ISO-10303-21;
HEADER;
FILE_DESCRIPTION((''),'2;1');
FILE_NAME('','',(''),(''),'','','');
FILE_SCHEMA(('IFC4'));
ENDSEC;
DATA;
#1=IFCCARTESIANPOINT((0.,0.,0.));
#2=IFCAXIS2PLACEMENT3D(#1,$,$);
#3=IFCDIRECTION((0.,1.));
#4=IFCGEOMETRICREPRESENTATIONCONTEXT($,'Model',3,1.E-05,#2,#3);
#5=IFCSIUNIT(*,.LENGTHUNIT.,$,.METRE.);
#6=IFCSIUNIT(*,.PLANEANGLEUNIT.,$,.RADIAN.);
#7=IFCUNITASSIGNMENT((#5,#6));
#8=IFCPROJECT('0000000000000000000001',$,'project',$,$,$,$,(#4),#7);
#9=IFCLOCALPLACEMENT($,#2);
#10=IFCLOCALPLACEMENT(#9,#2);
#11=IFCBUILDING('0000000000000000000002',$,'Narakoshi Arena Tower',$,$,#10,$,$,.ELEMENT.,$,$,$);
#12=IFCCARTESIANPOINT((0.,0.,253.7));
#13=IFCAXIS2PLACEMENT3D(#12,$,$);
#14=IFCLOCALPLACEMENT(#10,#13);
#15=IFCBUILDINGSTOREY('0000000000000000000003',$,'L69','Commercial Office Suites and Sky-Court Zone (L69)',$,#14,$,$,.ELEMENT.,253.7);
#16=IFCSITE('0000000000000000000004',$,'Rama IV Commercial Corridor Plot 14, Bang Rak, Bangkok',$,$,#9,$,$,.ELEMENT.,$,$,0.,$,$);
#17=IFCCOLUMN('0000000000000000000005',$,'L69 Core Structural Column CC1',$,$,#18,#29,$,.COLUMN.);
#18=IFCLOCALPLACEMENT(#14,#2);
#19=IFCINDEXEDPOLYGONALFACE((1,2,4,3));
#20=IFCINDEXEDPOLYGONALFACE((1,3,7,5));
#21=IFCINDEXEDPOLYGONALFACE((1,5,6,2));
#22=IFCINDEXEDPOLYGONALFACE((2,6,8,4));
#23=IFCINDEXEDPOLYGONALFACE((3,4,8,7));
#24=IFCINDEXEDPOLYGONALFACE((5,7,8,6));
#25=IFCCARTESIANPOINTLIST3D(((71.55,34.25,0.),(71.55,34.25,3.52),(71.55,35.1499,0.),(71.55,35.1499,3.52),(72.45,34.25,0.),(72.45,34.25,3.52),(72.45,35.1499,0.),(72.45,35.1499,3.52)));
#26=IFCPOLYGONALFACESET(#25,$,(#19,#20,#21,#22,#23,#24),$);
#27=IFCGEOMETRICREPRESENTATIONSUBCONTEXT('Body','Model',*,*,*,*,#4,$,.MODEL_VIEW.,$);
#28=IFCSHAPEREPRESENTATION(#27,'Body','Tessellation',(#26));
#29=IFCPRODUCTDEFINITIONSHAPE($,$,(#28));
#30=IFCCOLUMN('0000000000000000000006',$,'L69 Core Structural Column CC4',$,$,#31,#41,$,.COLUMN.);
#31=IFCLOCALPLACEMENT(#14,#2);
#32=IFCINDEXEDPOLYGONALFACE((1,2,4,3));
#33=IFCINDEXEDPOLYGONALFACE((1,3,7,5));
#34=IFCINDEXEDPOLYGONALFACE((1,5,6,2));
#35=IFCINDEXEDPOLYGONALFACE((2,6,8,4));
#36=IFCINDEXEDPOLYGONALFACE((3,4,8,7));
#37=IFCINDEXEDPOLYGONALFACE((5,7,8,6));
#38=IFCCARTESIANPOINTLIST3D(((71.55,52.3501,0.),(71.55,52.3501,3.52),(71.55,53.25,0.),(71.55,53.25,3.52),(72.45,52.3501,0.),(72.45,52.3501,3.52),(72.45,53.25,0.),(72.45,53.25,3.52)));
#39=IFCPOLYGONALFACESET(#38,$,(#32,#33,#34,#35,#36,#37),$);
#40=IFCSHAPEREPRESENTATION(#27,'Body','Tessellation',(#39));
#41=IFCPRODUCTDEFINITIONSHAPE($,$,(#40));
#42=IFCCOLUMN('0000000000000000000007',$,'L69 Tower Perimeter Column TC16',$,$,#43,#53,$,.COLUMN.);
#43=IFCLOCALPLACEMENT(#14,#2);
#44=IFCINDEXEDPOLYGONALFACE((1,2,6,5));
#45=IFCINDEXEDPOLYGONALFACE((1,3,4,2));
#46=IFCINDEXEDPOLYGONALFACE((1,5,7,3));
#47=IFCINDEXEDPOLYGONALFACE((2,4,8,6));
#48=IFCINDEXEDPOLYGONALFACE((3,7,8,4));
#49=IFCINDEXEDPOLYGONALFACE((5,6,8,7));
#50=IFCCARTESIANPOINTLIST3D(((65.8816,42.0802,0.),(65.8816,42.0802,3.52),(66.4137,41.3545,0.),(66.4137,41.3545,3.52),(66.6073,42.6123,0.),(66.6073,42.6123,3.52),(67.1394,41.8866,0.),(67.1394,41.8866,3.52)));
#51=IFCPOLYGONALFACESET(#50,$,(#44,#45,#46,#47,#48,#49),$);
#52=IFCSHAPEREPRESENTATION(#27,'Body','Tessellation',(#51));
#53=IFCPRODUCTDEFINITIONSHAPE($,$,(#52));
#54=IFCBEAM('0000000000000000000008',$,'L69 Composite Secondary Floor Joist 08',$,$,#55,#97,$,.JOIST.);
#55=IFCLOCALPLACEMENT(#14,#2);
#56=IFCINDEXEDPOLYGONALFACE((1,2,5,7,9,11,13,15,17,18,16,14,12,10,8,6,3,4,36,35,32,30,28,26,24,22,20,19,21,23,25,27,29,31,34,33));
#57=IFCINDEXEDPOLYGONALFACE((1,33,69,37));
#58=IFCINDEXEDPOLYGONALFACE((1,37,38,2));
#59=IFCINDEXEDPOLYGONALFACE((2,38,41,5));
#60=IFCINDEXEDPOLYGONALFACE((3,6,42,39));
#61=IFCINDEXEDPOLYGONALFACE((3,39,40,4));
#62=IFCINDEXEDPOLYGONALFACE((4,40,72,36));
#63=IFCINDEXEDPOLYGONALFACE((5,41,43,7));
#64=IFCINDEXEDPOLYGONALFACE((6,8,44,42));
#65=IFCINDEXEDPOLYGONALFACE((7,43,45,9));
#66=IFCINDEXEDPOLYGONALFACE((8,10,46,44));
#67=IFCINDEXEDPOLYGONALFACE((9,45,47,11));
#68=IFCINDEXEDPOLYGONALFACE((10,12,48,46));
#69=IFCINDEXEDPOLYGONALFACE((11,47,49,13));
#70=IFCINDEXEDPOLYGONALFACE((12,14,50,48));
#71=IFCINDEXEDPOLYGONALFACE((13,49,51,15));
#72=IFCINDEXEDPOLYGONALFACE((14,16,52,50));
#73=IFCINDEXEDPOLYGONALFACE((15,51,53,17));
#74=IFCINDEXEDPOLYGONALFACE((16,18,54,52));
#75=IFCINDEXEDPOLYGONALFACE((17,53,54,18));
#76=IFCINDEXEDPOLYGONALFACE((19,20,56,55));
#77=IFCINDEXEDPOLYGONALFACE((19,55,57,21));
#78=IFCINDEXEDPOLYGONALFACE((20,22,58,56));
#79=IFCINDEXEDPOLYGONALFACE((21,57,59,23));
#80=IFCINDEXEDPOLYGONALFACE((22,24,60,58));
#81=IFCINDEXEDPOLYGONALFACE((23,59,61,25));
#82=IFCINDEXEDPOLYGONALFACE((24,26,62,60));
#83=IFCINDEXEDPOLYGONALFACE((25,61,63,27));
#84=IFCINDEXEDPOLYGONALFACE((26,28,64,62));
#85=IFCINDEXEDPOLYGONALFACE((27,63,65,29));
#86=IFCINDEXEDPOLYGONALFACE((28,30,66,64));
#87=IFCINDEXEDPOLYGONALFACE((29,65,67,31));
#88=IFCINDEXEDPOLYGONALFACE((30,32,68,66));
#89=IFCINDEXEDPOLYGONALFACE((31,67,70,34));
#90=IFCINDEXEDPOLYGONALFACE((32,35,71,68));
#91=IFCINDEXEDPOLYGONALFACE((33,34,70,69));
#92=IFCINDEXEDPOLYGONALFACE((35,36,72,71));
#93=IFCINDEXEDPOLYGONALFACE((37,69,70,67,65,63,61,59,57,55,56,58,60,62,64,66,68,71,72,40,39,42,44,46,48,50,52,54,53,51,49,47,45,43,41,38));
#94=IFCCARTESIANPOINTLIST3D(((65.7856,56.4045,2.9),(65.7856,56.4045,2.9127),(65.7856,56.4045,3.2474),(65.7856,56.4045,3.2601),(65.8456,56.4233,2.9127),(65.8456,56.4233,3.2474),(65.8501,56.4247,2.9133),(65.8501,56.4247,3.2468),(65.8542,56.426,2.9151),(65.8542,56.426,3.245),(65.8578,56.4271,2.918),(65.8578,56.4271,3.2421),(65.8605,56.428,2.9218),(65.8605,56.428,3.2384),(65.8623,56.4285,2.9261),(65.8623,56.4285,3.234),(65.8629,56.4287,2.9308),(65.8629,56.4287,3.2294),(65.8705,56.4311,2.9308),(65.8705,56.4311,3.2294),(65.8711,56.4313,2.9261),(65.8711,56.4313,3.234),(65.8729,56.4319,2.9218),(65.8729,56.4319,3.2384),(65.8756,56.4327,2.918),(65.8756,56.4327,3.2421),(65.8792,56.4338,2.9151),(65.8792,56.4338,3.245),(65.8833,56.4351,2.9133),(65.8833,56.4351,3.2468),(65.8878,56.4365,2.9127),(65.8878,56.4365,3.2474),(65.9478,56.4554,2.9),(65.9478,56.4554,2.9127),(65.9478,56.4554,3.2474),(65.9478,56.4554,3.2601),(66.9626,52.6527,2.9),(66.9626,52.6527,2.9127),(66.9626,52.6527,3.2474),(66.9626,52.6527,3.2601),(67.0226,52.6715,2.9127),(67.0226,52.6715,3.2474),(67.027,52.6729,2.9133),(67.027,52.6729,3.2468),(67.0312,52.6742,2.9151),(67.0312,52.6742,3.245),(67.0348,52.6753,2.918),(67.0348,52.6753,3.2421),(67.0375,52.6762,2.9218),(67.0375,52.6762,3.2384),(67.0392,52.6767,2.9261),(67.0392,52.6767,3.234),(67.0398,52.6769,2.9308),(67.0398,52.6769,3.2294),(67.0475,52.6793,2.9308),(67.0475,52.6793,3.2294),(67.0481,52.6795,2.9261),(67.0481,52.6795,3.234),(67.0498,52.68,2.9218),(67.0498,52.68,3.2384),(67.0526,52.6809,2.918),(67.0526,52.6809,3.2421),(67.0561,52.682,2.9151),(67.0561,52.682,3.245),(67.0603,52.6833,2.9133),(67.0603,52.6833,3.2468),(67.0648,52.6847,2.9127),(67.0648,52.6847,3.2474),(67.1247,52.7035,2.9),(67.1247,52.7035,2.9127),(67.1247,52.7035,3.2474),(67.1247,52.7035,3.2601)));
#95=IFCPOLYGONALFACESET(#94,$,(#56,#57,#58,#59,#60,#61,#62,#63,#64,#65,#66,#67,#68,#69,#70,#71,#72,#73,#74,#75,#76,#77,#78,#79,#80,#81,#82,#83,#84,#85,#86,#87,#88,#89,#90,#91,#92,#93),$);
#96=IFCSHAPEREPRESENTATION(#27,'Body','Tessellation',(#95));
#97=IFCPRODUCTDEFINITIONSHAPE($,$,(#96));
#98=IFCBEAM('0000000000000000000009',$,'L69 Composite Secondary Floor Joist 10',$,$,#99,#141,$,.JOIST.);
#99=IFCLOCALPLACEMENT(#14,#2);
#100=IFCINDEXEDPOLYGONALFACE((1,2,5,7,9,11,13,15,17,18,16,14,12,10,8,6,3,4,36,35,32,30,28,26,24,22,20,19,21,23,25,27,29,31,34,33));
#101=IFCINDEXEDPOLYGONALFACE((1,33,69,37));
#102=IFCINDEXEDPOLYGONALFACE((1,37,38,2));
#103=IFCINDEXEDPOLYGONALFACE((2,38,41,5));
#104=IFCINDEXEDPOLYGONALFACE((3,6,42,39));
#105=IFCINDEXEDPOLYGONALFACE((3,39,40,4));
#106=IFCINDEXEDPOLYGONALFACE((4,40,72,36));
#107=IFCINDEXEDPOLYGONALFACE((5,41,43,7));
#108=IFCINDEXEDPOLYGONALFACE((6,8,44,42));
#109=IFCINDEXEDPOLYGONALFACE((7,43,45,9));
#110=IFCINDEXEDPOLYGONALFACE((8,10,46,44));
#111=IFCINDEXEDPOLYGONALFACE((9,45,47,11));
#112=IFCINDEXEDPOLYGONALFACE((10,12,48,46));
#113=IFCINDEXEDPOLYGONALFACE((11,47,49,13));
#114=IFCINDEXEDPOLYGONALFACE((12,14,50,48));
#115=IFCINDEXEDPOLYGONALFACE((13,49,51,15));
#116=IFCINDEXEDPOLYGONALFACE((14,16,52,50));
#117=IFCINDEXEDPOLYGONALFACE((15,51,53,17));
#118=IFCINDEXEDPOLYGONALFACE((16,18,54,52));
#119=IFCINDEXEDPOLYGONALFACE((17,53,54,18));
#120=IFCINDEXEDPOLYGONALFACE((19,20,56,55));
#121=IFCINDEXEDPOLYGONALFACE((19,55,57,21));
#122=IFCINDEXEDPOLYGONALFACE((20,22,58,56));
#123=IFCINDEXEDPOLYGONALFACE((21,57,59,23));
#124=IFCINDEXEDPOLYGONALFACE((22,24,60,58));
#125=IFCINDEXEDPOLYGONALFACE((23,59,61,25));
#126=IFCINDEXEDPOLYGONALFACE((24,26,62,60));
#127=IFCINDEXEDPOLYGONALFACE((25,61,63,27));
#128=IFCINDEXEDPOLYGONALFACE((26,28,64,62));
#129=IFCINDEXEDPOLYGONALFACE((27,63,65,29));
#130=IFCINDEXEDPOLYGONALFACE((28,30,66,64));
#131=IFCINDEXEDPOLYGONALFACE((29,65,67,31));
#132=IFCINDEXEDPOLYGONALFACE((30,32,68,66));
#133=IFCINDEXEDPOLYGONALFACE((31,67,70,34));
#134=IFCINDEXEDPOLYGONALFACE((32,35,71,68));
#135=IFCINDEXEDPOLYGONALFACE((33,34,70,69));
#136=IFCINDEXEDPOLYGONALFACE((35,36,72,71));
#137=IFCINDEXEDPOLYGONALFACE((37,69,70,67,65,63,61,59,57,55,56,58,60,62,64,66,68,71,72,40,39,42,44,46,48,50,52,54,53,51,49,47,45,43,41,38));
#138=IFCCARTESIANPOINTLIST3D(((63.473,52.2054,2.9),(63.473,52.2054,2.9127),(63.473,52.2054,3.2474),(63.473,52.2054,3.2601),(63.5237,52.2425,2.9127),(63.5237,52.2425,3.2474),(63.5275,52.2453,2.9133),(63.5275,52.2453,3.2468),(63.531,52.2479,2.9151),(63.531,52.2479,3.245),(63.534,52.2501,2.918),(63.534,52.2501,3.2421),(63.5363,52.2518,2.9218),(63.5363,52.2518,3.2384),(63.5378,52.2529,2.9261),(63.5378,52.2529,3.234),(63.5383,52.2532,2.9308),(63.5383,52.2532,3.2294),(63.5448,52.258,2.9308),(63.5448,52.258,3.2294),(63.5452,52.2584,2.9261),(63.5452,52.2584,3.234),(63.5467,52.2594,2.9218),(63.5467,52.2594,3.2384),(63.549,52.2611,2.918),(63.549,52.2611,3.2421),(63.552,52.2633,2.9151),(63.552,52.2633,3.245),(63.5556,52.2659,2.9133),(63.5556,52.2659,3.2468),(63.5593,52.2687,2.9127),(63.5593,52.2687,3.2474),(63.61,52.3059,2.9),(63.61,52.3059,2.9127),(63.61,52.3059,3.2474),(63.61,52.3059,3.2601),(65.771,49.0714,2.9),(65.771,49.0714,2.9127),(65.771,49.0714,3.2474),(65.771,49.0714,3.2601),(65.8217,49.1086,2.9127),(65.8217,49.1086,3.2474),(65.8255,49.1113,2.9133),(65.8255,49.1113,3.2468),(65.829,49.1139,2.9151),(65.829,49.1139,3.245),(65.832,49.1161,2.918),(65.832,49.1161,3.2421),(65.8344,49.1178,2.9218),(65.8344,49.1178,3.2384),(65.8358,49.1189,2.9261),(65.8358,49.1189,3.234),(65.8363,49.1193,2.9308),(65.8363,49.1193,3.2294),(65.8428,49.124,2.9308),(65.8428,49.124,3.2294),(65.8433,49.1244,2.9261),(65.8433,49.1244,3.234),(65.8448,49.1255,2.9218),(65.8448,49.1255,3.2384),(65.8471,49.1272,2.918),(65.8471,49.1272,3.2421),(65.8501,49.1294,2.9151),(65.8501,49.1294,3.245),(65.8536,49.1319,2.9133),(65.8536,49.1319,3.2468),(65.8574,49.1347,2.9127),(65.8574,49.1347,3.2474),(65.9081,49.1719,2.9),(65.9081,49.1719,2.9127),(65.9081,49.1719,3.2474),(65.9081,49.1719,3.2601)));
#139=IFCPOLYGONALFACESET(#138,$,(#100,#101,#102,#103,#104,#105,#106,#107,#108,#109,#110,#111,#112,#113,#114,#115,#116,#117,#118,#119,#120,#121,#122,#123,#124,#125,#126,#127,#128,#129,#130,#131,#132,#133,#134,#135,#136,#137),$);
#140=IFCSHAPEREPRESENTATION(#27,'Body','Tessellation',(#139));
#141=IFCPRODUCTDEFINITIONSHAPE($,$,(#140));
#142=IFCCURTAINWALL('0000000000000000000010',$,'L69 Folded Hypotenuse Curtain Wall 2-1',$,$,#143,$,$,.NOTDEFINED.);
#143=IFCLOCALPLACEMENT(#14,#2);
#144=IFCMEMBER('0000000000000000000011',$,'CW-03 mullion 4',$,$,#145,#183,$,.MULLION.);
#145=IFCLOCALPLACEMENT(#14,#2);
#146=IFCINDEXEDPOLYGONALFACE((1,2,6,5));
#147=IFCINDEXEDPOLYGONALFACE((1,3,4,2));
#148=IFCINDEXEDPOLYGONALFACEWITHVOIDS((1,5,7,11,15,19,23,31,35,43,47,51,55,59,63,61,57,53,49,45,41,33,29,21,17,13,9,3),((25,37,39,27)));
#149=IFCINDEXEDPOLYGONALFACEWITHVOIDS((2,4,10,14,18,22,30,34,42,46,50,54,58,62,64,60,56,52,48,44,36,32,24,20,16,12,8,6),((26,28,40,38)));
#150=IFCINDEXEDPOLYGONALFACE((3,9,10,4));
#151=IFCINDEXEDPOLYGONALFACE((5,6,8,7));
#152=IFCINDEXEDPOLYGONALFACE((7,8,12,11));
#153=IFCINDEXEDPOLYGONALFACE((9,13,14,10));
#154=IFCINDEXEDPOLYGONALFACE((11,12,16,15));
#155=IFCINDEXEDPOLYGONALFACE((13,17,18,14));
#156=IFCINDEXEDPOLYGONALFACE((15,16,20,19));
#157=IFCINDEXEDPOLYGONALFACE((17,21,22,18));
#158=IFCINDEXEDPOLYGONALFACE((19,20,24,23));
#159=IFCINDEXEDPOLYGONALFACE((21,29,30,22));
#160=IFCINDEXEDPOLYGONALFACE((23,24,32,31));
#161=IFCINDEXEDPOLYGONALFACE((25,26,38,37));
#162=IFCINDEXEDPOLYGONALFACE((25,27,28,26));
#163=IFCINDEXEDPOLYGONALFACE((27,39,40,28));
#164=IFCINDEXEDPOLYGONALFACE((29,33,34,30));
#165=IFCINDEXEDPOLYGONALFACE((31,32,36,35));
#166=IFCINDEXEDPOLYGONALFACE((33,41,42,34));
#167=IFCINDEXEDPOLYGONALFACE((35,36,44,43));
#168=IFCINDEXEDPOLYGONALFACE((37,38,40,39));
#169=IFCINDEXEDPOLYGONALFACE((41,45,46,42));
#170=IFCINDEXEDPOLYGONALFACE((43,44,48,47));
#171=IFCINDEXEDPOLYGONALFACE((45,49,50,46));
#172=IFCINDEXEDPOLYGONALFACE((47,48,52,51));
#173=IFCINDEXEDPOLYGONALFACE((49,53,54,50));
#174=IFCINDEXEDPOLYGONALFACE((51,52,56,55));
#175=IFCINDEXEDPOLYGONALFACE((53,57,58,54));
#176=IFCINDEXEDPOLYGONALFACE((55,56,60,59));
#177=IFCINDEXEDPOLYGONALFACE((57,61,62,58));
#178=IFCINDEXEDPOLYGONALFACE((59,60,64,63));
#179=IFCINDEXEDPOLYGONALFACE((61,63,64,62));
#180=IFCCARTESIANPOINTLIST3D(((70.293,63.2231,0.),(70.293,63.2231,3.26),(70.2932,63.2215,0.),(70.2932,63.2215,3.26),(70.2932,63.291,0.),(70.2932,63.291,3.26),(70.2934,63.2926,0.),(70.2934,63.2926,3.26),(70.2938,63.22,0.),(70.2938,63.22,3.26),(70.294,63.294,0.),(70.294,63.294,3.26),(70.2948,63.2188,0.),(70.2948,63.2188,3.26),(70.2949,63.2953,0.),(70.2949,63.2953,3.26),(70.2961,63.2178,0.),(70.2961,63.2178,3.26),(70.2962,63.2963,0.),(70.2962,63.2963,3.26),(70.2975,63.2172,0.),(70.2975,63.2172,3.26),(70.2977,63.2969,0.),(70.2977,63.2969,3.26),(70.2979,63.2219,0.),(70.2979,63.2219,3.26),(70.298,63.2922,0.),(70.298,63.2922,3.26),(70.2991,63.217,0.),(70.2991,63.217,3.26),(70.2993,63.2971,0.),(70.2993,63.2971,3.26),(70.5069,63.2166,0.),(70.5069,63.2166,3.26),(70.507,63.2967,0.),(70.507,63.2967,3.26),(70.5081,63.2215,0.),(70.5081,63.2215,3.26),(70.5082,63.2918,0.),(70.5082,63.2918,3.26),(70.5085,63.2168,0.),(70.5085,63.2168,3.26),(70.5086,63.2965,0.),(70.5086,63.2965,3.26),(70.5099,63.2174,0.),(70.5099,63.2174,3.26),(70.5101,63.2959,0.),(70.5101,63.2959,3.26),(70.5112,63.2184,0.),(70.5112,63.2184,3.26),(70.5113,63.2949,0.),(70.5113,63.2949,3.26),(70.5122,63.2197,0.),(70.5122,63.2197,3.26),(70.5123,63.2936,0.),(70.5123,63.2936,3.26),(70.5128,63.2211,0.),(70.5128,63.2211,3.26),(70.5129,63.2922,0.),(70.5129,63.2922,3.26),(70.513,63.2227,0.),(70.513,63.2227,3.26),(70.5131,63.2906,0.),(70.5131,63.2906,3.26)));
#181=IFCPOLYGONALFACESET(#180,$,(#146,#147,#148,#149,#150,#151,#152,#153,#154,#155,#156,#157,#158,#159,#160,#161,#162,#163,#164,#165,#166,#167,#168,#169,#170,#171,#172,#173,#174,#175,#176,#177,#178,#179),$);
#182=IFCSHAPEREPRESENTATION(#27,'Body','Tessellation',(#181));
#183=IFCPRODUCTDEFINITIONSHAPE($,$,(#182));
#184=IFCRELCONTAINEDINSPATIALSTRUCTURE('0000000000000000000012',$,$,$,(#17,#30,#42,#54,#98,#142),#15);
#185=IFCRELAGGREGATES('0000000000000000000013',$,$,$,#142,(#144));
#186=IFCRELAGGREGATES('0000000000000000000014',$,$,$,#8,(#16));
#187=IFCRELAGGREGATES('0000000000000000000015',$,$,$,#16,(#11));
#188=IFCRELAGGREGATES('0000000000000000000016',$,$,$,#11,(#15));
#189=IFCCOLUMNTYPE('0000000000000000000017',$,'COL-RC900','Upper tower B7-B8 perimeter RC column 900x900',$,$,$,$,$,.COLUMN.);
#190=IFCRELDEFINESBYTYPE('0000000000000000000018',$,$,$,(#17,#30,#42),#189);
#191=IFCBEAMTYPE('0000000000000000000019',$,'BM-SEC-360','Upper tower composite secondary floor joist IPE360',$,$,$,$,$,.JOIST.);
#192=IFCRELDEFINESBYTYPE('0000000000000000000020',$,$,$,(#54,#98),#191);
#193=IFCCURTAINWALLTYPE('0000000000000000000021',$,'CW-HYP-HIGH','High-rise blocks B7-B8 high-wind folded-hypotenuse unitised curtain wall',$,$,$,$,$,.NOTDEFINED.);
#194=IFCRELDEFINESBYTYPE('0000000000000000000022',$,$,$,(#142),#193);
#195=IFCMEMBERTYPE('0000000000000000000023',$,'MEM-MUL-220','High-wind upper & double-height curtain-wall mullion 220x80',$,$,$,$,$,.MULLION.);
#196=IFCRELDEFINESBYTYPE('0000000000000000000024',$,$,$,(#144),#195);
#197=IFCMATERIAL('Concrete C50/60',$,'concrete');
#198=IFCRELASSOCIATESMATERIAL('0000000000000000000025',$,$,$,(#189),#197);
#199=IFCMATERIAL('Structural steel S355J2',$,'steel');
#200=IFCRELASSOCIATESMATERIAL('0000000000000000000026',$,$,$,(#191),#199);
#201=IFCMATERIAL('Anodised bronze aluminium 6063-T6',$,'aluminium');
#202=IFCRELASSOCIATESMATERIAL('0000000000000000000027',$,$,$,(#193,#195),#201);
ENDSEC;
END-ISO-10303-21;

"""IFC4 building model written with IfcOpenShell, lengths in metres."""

from ifc_helpers import new_model, si_unit, direction, frame, origin, origin_2d, place, context, subcontext, project, spatial, rectangle, hollow_rectangle, i_section, extrude, material, material_profile, profile_set, type_object, element, aggregate, save


model = new_model("IFC4")

# Units and contexts
model_context = context("Model", 3, precision=1e-05, world=origin(), true_north=direction((0.0, 1.0)))
body_context = subcontext(model_context, "Body", "Model", "MODEL_VIEW")
ifc_project = project(units=[si_unit("LENGTHUNIT", "METRE"), si_unit("PLANEANGLEUNIT", "RADIAN")], contexts=[model_context])

# Site, building, storey
site_placement = place(None, origin())
site = spatial("IfcSite", under=ifc_project, at=site_placement, Name="Rama IV Commercial Corridor Plot 14, Bang Rak, Bangkok", CompositionType="ELEMENT", RefElevation=0.0)
building_placement = place(site_placement, origin())
building = spatial("IfcBuilding", under=site, at=building_placement, Name="Narakoshi Arena Tower", CompositionType="ELEMENT")
storey_placement = place(building_placement, frame((0.0, 0.0, 253.7)))
storey = spatial("IfcBuildingStorey", under=building, at=storey_placement, Name="L69", Description="Commercial Office Suites and Sky-Court Zone (L69)", CompositionType="ELEMENT", Elevation=253.7)

# Columns
ifc_material_1 = material(Name="Concrete C50/60", Category="concrete")
ifc_material_profile_1 = material_profile(ifc_material_1, rectangle(XDim=0.8999, YDim=0.8999, at=origin_2d()), Name="RC900x900")
ifc_profile_set_1 = profile_set([ifc_material_profile_1], Name="Concrete C50/60")
column_type = type_object("IfcColumnType", Name="COL-RC900", Description="Upper tower B7-B8 perimeter RC column 900x900", PredefinedType="COLUMN", material=ifc_profile_set_1)
for number, where, z_axis, x_axis, name in (
    (1, (72.0, 34.7, 0.0), (0.0, 0.0, 1.0), (1.0, 0.0, 0.0), "L69 Core Structural Column CC1"),
    (2, (72.0, 52.8, 0.0), (0.0, 0.0, 1.0), (1.0, 0.0, 0.0), "L69 Core Structural Column CC4"),
    (3, (66.5105, 41.9834, 0.0), (0.0, 0.0, 1.0), (-0.59131, 0.806445, 0.0), "L69 Tower Perimeter Column TC16"),
):
    element("IfcColumn", number, at=place(storey_placement, frame(where, z_axis=z_axis, x_axis=x_axis)), inside=storey, type_object=column_type, Name=name, PredefinedType="COLUMN", context=body_context, shape_type="SweptSolid", body=[
        extrude(rectangle(XDim=0.8999, YDim=0.8999, at=origin_2d()), origin(), (0.0, 0.0, 1.0), 3.52),
    ])

# Beams
ifc_material_2 = material(Name="Structural steel S355J2", Category="steel")
ifc_material_profile_2 = material_profile(ifc_material_2, i_section(OverallWidth=0.1699, OverallDepth=0.3601, WebThickness=0.0081, FlangeThickness=0.0127, FilletRadius=0.0181, at=origin_2d()), Name="IPE360")
ifc_profile_set_2 = profile_set([ifc_material_profile_2], Name="Structural steel S355J2")
beam_type = type_object("IfcBeamType", Name="BM-SEC-360", Description="Upper tower composite secondary floor joist IPE360", PredefinedType="JOIST", material=ifc_profile_set_2)
beam_1_placement = place(storey_placement, frame((65.8667, 56.4299, 3.0801), z_axis=(0.299321, -0.954152, 0.0), x_axis=(0.954152, 0.299321, 0.0)))
element("IfcBeam", 4, at=beam_1_placement, inside=storey, type_object=beam_type, Name="L69 Composite Secondary Floor Joist 08", PredefinedType="JOIST", context=body_context, shape_type="SweptSolid", body=[
    extrude(i_section(OverallWidth=0.1699, OverallDepth=0.3601, WebThickness=0.0081, FlangeThickness=0.0127, FilletRadius=0.0181, at=origin_2d()), origin(), (0.0, 0.0, 1.0), 3.9321),
])
beam_2_placement = place(storey_placement, frame((63.5415, 52.2556, 3.0801), z_axis=(0.591331, -0.806429, 0.0), x_axis=(0.806429, 0.591331, 0.0)))
element("IfcBeam", 5, at=beam_2_placement, inside=storey, type_object=beam_type, Name="L69 Composite Secondary Floor Joist 10", PredefinedType="JOIST", context=body_context, shape_type="SweptSolid", body=[
    extrude(i_section(OverallWidth=0.1699, OverallDepth=0.3601, WebThickness=0.0081, FlangeThickness=0.0127, FilletRadius=0.0181, at=origin_2d()), origin(), (0.0, 0.0, 1.0), 3.8862),
])

# Curtain wall, member
ifc_material_3 = material(Name="Anodised bronze aluminium 6063-T6", Category="aluminium")
curtain_wall_type = type_object("IfcCurtainWallType", Name="CW-HYP-HIGH", Description="High-rise blocks B7-B8 high-wind folded-hypotenuse unitised curtain wall", PredefinedType="NOTDEFINED", material=ifc_material_3)
curtain_wall_placement = place(storey_placement, origin())
curtain_wall = element("IfcCurtainWall", 6, at=curtain_wall_placement, inside=storey, type_object=curtain_wall_type, Name="L69 Folded Hypotenuse Curtain Wall 2-1", PredefinedType="NOTDEFINED")
ifc_material_profile_3 = material_profile(ifc_material_3, hollow_rectangle(XDim=0.0801, YDim=0.22, WallThickness=0.0049, OuterFilletRadius=0.0061, at=origin_2d()), Name="MUL220x80x5")
ifc_profile_set_3 = profile_set([ifc_material_profile_3], Name="Anodised bronze aluminium 6063-T6")
member_type_1 = type_object("IfcMemberType", Name="MEM-MUL-220", Description="High-wind upper & double-height curtain-wall mullion 220x80", PredefinedType="MULLION", material=ifc_profile_set_3)
member_1_placement = place(storey_placement, frame((70.4031, 63.2568, 0.0), z_axis=(0.0, 0.0, 1.0), x_axis=(-0.00182, -0.999998, 0.0)))
member_1 = element("IfcMember", 7, at=member_1_placement, type_object=member_type_1, Name="CW-03 mullion 4", PredefinedType="MULLION", context=body_context, shape_type="SweptSolid", body=[
    extrude(hollow_rectangle(XDim=0.0801, YDim=0.22, WallThickness=0.0049, OuterFilletRadius=0.0061, at=origin_2d()), origin(), (0.0, 0.0, 1.0), 3.26),
])
aggregate(curtain_wall, [member_1])

save(model, "model.ifc")
